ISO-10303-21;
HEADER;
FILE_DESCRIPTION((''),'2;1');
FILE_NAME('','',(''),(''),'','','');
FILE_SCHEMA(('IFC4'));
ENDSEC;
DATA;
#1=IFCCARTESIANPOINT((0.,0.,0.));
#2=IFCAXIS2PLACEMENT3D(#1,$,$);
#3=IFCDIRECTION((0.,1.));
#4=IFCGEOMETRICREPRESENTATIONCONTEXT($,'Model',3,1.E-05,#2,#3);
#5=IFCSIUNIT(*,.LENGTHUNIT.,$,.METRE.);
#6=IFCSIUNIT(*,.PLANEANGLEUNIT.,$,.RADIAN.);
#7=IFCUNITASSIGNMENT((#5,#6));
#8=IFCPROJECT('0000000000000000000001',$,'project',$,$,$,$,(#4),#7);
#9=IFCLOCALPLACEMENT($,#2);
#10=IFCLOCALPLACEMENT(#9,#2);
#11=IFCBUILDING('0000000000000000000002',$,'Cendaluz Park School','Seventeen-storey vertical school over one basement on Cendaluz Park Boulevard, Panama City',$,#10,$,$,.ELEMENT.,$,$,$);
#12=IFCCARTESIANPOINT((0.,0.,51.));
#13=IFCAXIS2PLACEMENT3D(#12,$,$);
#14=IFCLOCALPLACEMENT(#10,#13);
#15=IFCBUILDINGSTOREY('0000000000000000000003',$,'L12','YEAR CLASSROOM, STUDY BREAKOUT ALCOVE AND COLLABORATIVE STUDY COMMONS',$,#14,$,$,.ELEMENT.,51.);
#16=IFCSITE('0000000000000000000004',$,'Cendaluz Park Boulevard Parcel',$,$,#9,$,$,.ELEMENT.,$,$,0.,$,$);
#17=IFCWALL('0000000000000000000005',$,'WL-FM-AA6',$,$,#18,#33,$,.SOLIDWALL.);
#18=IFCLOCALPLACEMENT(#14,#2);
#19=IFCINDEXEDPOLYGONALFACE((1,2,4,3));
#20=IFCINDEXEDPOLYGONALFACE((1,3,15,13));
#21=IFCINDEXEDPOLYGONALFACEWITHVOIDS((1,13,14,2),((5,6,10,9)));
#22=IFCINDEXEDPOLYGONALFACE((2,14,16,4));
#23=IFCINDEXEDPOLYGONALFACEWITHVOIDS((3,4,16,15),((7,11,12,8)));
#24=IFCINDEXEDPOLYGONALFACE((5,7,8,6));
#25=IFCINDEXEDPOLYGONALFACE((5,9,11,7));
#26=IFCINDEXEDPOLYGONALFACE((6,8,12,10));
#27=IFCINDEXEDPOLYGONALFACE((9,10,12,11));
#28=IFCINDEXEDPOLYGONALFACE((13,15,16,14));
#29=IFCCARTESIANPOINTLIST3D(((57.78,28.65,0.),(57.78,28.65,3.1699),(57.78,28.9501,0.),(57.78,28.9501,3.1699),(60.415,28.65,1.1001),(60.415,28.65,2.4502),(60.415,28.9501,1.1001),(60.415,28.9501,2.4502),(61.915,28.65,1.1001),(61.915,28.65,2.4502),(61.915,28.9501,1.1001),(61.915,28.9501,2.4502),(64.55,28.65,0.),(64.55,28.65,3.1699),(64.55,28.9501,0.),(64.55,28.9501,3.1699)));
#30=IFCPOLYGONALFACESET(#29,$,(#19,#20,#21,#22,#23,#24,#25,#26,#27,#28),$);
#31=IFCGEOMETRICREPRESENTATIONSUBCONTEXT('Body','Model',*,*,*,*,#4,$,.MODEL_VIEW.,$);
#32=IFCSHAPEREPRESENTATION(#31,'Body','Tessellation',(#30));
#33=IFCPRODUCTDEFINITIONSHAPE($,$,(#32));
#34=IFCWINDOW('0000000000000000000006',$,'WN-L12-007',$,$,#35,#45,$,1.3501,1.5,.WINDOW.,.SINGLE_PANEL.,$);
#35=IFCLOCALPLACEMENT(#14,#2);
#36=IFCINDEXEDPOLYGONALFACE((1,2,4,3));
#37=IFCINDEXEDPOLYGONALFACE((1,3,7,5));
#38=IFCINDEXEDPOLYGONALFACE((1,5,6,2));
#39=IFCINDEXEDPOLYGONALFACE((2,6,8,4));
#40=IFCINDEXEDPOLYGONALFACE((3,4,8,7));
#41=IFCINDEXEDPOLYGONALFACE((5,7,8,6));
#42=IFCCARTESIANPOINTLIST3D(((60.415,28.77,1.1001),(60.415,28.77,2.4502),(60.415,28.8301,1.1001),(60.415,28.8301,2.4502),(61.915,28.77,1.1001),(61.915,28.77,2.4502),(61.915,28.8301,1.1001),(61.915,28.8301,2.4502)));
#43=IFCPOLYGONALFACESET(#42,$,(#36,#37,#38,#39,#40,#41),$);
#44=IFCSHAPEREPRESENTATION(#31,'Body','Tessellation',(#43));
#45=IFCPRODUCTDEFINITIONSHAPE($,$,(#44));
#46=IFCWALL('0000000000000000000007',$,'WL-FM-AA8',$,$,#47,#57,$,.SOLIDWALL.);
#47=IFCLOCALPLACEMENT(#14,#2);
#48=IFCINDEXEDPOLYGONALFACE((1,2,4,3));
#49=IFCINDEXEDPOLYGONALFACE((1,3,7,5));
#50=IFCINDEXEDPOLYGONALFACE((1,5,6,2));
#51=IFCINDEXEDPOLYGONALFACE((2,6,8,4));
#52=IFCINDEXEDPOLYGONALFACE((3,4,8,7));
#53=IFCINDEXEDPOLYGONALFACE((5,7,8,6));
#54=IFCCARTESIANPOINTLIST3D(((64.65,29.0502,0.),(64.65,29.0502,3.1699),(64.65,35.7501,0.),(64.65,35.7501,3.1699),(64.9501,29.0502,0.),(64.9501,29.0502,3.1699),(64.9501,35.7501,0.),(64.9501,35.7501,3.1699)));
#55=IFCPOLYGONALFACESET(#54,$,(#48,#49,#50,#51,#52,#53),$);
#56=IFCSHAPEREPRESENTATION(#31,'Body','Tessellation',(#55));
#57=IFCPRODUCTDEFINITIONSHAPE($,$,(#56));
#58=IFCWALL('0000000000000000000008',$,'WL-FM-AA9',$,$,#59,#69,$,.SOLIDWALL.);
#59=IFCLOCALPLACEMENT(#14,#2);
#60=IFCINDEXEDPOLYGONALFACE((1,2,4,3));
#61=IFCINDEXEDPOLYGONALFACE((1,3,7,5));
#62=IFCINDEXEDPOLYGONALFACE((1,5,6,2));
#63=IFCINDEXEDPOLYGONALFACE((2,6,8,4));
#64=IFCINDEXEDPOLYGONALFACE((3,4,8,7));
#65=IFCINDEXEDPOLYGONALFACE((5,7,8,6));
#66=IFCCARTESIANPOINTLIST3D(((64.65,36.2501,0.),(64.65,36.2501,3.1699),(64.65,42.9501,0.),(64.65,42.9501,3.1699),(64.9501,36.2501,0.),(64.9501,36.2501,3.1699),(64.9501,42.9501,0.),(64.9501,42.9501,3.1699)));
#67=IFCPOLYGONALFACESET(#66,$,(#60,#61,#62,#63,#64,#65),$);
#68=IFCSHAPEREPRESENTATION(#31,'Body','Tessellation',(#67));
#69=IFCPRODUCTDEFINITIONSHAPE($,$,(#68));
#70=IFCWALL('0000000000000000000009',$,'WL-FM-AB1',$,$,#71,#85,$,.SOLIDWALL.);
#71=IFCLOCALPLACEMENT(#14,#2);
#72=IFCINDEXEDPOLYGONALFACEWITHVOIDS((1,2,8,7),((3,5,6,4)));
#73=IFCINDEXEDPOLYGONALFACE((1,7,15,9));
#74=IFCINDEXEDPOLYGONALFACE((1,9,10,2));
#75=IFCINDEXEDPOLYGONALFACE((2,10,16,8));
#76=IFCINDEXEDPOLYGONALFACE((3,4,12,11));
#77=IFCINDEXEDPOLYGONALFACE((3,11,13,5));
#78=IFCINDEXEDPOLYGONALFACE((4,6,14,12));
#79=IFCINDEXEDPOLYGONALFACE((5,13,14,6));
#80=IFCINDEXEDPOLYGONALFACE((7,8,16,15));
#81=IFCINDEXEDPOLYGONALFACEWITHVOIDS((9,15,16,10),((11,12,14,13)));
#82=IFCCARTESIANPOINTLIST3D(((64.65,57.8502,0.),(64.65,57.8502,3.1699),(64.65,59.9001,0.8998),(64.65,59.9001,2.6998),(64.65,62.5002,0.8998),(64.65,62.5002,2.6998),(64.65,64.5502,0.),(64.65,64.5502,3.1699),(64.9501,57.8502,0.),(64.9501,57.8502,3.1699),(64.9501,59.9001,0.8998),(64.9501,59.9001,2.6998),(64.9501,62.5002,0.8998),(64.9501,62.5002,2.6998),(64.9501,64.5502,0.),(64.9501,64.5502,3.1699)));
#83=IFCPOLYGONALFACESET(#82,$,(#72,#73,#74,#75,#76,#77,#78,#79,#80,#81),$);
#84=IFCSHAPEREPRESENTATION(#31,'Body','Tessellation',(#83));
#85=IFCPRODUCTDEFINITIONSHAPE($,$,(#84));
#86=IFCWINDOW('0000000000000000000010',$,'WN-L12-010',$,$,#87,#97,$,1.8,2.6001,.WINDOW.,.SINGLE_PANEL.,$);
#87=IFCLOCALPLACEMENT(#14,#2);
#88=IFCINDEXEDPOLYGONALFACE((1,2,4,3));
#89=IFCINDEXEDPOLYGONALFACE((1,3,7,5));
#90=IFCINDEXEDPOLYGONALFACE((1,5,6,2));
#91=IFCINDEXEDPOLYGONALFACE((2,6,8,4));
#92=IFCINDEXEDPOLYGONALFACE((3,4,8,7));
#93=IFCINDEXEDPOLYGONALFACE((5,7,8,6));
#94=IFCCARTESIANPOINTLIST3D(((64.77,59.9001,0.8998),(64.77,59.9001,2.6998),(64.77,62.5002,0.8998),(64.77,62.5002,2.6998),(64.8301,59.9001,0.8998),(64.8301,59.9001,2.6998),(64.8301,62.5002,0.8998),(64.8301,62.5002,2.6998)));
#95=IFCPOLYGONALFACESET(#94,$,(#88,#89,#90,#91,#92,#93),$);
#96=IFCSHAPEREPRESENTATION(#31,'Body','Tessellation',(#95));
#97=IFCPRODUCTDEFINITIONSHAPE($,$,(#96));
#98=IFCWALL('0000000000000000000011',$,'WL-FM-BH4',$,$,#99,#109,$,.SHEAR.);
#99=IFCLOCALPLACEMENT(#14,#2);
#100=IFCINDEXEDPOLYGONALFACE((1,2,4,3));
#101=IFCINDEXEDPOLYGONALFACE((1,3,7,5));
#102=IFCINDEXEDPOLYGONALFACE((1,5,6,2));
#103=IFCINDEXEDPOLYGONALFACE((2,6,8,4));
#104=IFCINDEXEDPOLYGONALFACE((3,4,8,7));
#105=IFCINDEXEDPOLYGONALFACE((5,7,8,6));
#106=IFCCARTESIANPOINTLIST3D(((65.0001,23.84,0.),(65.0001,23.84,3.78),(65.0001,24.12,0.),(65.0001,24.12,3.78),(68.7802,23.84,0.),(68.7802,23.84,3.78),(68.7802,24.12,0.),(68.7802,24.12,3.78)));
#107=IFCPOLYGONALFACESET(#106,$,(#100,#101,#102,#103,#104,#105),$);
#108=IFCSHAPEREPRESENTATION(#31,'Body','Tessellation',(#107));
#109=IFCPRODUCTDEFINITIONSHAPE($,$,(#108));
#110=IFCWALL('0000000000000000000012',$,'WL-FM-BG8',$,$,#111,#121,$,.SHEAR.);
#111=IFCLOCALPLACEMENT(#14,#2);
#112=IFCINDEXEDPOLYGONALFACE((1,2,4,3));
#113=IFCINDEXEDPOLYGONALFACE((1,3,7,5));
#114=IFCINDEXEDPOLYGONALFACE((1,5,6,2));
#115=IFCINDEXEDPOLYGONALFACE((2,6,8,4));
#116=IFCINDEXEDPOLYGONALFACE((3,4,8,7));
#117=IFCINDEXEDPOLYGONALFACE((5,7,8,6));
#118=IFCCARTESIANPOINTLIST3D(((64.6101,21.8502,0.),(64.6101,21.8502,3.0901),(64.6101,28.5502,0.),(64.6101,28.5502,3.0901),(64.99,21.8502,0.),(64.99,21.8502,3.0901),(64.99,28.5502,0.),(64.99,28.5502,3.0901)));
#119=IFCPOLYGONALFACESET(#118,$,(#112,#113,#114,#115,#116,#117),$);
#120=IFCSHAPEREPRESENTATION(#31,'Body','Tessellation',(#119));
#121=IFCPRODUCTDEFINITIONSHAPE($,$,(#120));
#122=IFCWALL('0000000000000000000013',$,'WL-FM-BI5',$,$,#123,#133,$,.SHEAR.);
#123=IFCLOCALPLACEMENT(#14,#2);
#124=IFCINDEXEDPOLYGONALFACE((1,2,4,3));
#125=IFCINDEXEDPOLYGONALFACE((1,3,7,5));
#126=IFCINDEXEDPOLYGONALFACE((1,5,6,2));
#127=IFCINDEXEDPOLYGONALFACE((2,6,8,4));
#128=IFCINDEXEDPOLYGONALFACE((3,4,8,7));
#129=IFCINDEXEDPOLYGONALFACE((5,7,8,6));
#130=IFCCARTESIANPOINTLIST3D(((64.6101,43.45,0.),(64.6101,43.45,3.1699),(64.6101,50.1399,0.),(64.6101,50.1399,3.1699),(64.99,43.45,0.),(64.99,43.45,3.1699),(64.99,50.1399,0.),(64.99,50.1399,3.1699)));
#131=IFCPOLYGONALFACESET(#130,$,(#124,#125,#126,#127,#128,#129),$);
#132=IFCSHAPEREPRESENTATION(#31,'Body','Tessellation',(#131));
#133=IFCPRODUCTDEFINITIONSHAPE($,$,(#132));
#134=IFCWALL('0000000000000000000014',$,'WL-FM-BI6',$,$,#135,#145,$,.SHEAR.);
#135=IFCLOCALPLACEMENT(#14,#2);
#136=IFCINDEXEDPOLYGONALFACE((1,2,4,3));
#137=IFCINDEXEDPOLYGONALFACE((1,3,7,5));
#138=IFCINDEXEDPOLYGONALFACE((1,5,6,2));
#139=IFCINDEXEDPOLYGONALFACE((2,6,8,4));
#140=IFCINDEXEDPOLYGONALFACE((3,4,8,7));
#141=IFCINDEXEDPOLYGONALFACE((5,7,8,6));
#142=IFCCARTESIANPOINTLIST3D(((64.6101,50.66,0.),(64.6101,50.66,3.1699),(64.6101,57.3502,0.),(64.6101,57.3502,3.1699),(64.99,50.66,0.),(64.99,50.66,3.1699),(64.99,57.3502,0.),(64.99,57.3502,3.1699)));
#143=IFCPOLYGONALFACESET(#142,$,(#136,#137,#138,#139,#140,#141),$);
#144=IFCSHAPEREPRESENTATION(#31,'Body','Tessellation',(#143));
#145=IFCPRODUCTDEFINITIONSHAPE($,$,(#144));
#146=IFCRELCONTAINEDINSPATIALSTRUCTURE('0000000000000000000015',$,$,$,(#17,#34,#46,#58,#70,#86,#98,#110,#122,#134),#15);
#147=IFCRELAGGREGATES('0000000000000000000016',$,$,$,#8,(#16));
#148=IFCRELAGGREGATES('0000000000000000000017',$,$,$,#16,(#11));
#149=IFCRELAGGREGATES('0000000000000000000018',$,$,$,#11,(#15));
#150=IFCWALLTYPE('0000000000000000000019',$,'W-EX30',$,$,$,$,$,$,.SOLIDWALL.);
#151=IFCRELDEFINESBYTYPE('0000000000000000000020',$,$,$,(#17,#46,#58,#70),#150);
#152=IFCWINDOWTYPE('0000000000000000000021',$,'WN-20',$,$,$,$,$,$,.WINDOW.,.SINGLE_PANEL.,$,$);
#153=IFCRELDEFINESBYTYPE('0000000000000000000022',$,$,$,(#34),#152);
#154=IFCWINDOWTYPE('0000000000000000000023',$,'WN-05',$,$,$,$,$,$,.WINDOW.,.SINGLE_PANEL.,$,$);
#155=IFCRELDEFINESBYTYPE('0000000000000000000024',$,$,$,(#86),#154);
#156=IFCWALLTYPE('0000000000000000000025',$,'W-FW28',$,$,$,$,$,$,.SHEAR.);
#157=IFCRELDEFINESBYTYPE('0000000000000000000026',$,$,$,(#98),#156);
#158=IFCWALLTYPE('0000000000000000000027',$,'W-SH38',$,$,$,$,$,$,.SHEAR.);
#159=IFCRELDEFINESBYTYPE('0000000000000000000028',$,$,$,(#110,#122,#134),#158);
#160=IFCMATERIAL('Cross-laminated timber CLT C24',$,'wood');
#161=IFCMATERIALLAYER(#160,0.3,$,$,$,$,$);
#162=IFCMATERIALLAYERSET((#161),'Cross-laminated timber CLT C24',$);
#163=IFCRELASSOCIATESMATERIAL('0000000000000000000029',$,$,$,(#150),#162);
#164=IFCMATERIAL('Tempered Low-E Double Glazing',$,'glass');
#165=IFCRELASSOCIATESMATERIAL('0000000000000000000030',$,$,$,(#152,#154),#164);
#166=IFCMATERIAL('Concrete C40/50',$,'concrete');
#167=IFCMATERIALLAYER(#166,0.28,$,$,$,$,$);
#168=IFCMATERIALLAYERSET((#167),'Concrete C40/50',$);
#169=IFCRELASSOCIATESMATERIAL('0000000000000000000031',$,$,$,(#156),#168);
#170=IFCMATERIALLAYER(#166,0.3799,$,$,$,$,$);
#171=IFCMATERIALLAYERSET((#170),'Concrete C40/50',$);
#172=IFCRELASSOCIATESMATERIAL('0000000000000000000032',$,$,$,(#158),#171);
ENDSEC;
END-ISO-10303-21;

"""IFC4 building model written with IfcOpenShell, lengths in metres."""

from ifc_helpers import new_model, si_unit, direction, frame, frame_2d, origin, place, context, subcontext, project, spatial, rectangle, extrude, material, layer, layer_set, type_object, element, fill, save


model = new_model("IFC4")

# Units and contexts
model_context = context("Model", 3, precision=1e-05, world=origin(), true_north=direction((0.0, 1.0)))
body_context = subcontext(model_context, "Body", "Model", "MODEL_VIEW")
ifc_project = project(units=[si_unit("LENGTHUNIT", "METRE"), si_unit("PLANEANGLEUNIT", "RADIAN")], contexts=[model_context])

# Site, building, storey
site_placement = place(None, origin())
site = spatial("IfcSite", under=ifc_project, at=site_placement, Name="Cendaluz Park Boulevard Parcel", CompositionType="ELEMENT", RefElevation=0.0)
building_placement = place(site_placement, origin())
building = spatial("IfcBuilding", under=site, at=building_placement, Name="Cendaluz Park School", Description="Seventeen-storey vertical school over one basement on Cendaluz Park Boulevard, Panama City", CompositionType="ELEMENT")
storey_placement = place(building_placement, frame((0.0, 0.0, 51.0)))
storey = spatial("IfcBuildingStorey", under=building, at=storey_placement, Name="L12", Description="YEAR CLASSROOM, STUDY BREAKOUT ALCOVE AND COLLABORATIVE STUDY COMMONS", CompositionType="ELEMENT", Elevation=51.0)

# Wall, opening, window
ifc_material_1 = material(Name="Cross-laminated timber CLT C24", Category="wood")
ifc_layer_1 = layer(ifc_material_1, 0.3)
ifc_layer_set_1 = layer_set([ifc_layer_1], Name="Cross-laminated timber CLT C24")
wall_type_1 = type_object("IfcWallType", Name="W-EX30", PredefinedType="SOLIDWALL", material=ifc_layer_set_1)
wall_1_placement = place(storey_placement, frame((57.78, 28.8, 0.0), z_axis=(0.0, 0.0, 1.0), x_axis=(1.0, 0.0, 0.0)))
wall_1 = element("IfcWall", 1, at=wall_1_placement, inside=storey, type_object=wall_type_1, Name="WL-FM-AA6", PredefinedType="SOLIDWALL", context=body_context, shape_type="SweptSolid", body=[
    extrude(rectangle(XDim=6.77, YDim=0.3, at=frame_2d((3.385, 0.0))), origin(), (0.0, 0.0, 1.0), 3.1699),
])
opening_1_placement = place(wall_1_placement, frame((2.635, 0.0, 1.1001)))
opening_1 = element("IfcOpeningElement", 2, at=opening_1_placement, cuts=wall_1, PredefinedType="OPENING", context=body_context, shape_type="SweptSolid", body=[
    extrude(rectangle(XDim=1.5, YDim=1.3501, at=frame_2d((0.75, 0.675))), frame((0.0, 0.1621, 0.0), z_axis=(0.0, -1.0, 0.0), x_axis=(1.0, 0.0, 0.0)), (0.0, 0.0, 1.0), 0.324),
])
ifc_material_2 = material(Name="Tempered Low-E Double Glazing", Category="glass")
window_type_1 = type_object("IfcWindowType", Name="WN-20", PartitioningType="SINGLE_PANEL", PredefinedType="WINDOW", material=ifc_material_2)
window_1_placement = place(opening_1_placement, origin())
window_1 = element("IfcWindow", 3, at=window_1_placement, inside=storey, type_object=window_type_1, Name="WN-L12-007", OverallHeight=1.3501, OverallWidth=1.5, PartitioningType="SINGLE_PANEL", PredefinedType="WINDOW", context=body_context, shape_type="SweptSolid", body=[
    extrude(rectangle(XDim=1.5, YDim=1.3501, at=frame_2d((0.75, 0.675))), frame((0.0, 0.03, 0.0), z_axis=(0.0, -1.0, 0.0), x_axis=(1.0, 0.0, 0.0)), (0.0, 0.0, 1.0), 0.0601),
])
fill(opening_1, window_1)

# Walls
for number, where, z_axis, x_axis, name in (
    (4, (64.8, 29.05, 0.0), (0.0, 0.0, 1.0), (0.0, 1.0, 0.0), "WL-FM-AA8"),
    (5, (64.8, 36.25, 0.0), (0.0, 0.0, 1.0), (0.0, 1.0, 0.0), "WL-FM-AA9"),
):
    element("IfcWall", number, at=place(storey_placement, frame(where, z_axis=z_axis, x_axis=x_axis)), inside=storey, type_object=wall_type_1, Name=name, PredefinedType="SOLIDWALL", context=body_context, shape_type="SweptSolid", body=[
        extrude(rectangle(XDim=6.7, YDim=0.3, at=frame_2d((3.3501, 0.0))), origin(), (0.0, 0.0, 1.0), 3.1699),
    ])

# Wall, opening, window
wall_2_placement = place(storey_placement, frame((64.8, 57.8501, 0.0), z_axis=(0.0, 0.0, 1.0), x_axis=(0.0, 1.0, 0.0)))
wall_2 = element("IfcWall", 6, at=wall_2_placement, inside=storey, type_object=wall_type_1, Name="WL-FM-AB1", PredefinedType="SOLIDWALL", context=body_context, shape_type="SweptSolid", body=[
    extrude(rectangle(XDim=6.7, YDim=0.3, at=frame_2d((3.3501, 0.0))), origin(), (0.0, 0.0, 1.0), 3.1699),
])
opening_2_placement = place(wall_2_placement, frame((2.05, 0.0, 0.8999)))
opening_2 = element("IfcOpeningElement", 7, at=opening_2_placement, cuts=wall_2, PredefinedType="OPENING", context=body_context, shape_type="SweptSolid", body=[
    extrude(rectangle(XDim=2.6001, YDim=1.8, at=frame_2d((1.3, 0.8999))), frame((0.0, 0.1621, 0.0), z_axis=(0.0, -1.0, 0.0), x_axis=(1.0, 0.0, 0.0)), (0.0, 0.0, 1.0), 0.324),
])
window_type_2 = type_object("IfcWindowType", Name="WN-05", PartitioningType="SINGLE_PANEL", PredefinedType="WINDOW", material=ifc_material_2)
window_2_placement = place(opening_2_placement, origin())
window_2 = element("IfcWindow", 8, at=window_2_placement, inside=storey, type_object=window_type_2, Name="WN-L12-010", OverallHeight=1.8, OverallWidth=2.6001, PartitioningType="SINGLE_PANEL", PredefinedType="WINDOW", context=body_context, shape_type="SweptSolid", body=[
    extrude(rectangle(XDim=2.6001, YDim=1.8, at=frame_2d((1.3, 0.8999))), frame((0.0, 0.03, 0.0), z_axis=(0.0, -1.0, 0.0), x_axis=(1.0, 0.0, 0.0)), (0.0, 0.0, 1.0), 0.0601),
])
fill(opening_2, window_2)

# Walls
ifc_material_3 = material(Name="Concrete C40/50", Category="concrete")
ifc_layer_2 = layer(ifc_material_3, 0.28)
ifc_layer_set_2 = layer_set([ifc_layer_2], Name="Concrete C40/50")
wall_type_2 = type_object("IfcWallType", Name="W-FW28", PredefinedType="SHEAR", material=ifc_layer_set_2)
wall_3_placement = place(storey_placement, frame((65.0, 23.98, 0.0), z_axis=(0.0, 0.0, 1.0), x_axis=(1.0, 0.0, 0.0)))
element("IfcWall", 9, at=wall_3_placement, inside=storey, type_object=wall_type_2, Name="WL-FM-BH4", PredefinedType="SHEAR", context=body_context, shape_type="SweptSolid", body=[
    extrude(rectangle(XDim=3.78, YDim=0.28, at=frame_2d((1.8901, 0.0))), origin(), (0.0, 0.0, 1.0), 3.78),
])
ifc_layer_3 = layer(ifc_material_3, 0.3799)
ifc_layer_set_3 = layer_set([ifc_layer_3], Name="Concrete C40/50")
wall_type_3 = type_object("IfcWallType", Name="W-SH38", PredefinedType="SHEAR", material=ifc_layer_set_3)
wall_4_placement = place(storey_placement, frame((64.8, 21.8501, 0.0), z_axis=(0.0, 0.0, 1.0), x_axis=(0.0, 1.0, 0.0)))
element("IfcWall", 10, at=wall_4_placement, inside=storey, type_object=wall_type_3, Name="WL-FM-BG8", PredefinedType="SHEAR", context=body_context, shape_type="SweptSolid", body=[
    extrude(rectangle(XDim=6.7, YDim=0.3799, at=frame_2d((3.3501, 0.0))), origin(), (0.0, 0.0, 1.0), 3.0901),
])
wall_5_placement = place(storey_placement, frame((64.8, 43.45, 0.0), z_axis=(0.0, 0.0, 1.0), x_axis=(0.0, 1.0, 0.0)))
element("IfcWall", 11, at=wall_5_placement, inside=storey, type_object=wall_type_3, Name="WL-FM-BI5", PredefinedType="SHEAR", context=body_context, shape_type="SweptSolid", body=[
    extrude(rectangle(XDim=6.6899, YDim=0.3799, at=frame_2d((3.345, 0.0))), origin(), (0.0, 0.0, 1.0), 3.1699),
])
wall_6_placement = place(storey_placement, frame((64.8, 50.6599, 0.0), z_axis=(0.0, 0.0, 1.0), x_axis=(0.0, 1.0, 0.0)))
element("IfcWall", 12, at=wall_6_placement, inside=storey, type_object=wall_type_3, Name="WL-FM-BI6", PredefinedType="SHEAR", context=body_context, shape_type="SweptSolid", body=[
    extrude(rectangle(XDim=6.6902, YDim=0.3799, at=frame_2d((3.3452, 0.0))), origin(), (0.0, 0.0, 1.0), 3.1699),
])

save(model, "model.ifc")
